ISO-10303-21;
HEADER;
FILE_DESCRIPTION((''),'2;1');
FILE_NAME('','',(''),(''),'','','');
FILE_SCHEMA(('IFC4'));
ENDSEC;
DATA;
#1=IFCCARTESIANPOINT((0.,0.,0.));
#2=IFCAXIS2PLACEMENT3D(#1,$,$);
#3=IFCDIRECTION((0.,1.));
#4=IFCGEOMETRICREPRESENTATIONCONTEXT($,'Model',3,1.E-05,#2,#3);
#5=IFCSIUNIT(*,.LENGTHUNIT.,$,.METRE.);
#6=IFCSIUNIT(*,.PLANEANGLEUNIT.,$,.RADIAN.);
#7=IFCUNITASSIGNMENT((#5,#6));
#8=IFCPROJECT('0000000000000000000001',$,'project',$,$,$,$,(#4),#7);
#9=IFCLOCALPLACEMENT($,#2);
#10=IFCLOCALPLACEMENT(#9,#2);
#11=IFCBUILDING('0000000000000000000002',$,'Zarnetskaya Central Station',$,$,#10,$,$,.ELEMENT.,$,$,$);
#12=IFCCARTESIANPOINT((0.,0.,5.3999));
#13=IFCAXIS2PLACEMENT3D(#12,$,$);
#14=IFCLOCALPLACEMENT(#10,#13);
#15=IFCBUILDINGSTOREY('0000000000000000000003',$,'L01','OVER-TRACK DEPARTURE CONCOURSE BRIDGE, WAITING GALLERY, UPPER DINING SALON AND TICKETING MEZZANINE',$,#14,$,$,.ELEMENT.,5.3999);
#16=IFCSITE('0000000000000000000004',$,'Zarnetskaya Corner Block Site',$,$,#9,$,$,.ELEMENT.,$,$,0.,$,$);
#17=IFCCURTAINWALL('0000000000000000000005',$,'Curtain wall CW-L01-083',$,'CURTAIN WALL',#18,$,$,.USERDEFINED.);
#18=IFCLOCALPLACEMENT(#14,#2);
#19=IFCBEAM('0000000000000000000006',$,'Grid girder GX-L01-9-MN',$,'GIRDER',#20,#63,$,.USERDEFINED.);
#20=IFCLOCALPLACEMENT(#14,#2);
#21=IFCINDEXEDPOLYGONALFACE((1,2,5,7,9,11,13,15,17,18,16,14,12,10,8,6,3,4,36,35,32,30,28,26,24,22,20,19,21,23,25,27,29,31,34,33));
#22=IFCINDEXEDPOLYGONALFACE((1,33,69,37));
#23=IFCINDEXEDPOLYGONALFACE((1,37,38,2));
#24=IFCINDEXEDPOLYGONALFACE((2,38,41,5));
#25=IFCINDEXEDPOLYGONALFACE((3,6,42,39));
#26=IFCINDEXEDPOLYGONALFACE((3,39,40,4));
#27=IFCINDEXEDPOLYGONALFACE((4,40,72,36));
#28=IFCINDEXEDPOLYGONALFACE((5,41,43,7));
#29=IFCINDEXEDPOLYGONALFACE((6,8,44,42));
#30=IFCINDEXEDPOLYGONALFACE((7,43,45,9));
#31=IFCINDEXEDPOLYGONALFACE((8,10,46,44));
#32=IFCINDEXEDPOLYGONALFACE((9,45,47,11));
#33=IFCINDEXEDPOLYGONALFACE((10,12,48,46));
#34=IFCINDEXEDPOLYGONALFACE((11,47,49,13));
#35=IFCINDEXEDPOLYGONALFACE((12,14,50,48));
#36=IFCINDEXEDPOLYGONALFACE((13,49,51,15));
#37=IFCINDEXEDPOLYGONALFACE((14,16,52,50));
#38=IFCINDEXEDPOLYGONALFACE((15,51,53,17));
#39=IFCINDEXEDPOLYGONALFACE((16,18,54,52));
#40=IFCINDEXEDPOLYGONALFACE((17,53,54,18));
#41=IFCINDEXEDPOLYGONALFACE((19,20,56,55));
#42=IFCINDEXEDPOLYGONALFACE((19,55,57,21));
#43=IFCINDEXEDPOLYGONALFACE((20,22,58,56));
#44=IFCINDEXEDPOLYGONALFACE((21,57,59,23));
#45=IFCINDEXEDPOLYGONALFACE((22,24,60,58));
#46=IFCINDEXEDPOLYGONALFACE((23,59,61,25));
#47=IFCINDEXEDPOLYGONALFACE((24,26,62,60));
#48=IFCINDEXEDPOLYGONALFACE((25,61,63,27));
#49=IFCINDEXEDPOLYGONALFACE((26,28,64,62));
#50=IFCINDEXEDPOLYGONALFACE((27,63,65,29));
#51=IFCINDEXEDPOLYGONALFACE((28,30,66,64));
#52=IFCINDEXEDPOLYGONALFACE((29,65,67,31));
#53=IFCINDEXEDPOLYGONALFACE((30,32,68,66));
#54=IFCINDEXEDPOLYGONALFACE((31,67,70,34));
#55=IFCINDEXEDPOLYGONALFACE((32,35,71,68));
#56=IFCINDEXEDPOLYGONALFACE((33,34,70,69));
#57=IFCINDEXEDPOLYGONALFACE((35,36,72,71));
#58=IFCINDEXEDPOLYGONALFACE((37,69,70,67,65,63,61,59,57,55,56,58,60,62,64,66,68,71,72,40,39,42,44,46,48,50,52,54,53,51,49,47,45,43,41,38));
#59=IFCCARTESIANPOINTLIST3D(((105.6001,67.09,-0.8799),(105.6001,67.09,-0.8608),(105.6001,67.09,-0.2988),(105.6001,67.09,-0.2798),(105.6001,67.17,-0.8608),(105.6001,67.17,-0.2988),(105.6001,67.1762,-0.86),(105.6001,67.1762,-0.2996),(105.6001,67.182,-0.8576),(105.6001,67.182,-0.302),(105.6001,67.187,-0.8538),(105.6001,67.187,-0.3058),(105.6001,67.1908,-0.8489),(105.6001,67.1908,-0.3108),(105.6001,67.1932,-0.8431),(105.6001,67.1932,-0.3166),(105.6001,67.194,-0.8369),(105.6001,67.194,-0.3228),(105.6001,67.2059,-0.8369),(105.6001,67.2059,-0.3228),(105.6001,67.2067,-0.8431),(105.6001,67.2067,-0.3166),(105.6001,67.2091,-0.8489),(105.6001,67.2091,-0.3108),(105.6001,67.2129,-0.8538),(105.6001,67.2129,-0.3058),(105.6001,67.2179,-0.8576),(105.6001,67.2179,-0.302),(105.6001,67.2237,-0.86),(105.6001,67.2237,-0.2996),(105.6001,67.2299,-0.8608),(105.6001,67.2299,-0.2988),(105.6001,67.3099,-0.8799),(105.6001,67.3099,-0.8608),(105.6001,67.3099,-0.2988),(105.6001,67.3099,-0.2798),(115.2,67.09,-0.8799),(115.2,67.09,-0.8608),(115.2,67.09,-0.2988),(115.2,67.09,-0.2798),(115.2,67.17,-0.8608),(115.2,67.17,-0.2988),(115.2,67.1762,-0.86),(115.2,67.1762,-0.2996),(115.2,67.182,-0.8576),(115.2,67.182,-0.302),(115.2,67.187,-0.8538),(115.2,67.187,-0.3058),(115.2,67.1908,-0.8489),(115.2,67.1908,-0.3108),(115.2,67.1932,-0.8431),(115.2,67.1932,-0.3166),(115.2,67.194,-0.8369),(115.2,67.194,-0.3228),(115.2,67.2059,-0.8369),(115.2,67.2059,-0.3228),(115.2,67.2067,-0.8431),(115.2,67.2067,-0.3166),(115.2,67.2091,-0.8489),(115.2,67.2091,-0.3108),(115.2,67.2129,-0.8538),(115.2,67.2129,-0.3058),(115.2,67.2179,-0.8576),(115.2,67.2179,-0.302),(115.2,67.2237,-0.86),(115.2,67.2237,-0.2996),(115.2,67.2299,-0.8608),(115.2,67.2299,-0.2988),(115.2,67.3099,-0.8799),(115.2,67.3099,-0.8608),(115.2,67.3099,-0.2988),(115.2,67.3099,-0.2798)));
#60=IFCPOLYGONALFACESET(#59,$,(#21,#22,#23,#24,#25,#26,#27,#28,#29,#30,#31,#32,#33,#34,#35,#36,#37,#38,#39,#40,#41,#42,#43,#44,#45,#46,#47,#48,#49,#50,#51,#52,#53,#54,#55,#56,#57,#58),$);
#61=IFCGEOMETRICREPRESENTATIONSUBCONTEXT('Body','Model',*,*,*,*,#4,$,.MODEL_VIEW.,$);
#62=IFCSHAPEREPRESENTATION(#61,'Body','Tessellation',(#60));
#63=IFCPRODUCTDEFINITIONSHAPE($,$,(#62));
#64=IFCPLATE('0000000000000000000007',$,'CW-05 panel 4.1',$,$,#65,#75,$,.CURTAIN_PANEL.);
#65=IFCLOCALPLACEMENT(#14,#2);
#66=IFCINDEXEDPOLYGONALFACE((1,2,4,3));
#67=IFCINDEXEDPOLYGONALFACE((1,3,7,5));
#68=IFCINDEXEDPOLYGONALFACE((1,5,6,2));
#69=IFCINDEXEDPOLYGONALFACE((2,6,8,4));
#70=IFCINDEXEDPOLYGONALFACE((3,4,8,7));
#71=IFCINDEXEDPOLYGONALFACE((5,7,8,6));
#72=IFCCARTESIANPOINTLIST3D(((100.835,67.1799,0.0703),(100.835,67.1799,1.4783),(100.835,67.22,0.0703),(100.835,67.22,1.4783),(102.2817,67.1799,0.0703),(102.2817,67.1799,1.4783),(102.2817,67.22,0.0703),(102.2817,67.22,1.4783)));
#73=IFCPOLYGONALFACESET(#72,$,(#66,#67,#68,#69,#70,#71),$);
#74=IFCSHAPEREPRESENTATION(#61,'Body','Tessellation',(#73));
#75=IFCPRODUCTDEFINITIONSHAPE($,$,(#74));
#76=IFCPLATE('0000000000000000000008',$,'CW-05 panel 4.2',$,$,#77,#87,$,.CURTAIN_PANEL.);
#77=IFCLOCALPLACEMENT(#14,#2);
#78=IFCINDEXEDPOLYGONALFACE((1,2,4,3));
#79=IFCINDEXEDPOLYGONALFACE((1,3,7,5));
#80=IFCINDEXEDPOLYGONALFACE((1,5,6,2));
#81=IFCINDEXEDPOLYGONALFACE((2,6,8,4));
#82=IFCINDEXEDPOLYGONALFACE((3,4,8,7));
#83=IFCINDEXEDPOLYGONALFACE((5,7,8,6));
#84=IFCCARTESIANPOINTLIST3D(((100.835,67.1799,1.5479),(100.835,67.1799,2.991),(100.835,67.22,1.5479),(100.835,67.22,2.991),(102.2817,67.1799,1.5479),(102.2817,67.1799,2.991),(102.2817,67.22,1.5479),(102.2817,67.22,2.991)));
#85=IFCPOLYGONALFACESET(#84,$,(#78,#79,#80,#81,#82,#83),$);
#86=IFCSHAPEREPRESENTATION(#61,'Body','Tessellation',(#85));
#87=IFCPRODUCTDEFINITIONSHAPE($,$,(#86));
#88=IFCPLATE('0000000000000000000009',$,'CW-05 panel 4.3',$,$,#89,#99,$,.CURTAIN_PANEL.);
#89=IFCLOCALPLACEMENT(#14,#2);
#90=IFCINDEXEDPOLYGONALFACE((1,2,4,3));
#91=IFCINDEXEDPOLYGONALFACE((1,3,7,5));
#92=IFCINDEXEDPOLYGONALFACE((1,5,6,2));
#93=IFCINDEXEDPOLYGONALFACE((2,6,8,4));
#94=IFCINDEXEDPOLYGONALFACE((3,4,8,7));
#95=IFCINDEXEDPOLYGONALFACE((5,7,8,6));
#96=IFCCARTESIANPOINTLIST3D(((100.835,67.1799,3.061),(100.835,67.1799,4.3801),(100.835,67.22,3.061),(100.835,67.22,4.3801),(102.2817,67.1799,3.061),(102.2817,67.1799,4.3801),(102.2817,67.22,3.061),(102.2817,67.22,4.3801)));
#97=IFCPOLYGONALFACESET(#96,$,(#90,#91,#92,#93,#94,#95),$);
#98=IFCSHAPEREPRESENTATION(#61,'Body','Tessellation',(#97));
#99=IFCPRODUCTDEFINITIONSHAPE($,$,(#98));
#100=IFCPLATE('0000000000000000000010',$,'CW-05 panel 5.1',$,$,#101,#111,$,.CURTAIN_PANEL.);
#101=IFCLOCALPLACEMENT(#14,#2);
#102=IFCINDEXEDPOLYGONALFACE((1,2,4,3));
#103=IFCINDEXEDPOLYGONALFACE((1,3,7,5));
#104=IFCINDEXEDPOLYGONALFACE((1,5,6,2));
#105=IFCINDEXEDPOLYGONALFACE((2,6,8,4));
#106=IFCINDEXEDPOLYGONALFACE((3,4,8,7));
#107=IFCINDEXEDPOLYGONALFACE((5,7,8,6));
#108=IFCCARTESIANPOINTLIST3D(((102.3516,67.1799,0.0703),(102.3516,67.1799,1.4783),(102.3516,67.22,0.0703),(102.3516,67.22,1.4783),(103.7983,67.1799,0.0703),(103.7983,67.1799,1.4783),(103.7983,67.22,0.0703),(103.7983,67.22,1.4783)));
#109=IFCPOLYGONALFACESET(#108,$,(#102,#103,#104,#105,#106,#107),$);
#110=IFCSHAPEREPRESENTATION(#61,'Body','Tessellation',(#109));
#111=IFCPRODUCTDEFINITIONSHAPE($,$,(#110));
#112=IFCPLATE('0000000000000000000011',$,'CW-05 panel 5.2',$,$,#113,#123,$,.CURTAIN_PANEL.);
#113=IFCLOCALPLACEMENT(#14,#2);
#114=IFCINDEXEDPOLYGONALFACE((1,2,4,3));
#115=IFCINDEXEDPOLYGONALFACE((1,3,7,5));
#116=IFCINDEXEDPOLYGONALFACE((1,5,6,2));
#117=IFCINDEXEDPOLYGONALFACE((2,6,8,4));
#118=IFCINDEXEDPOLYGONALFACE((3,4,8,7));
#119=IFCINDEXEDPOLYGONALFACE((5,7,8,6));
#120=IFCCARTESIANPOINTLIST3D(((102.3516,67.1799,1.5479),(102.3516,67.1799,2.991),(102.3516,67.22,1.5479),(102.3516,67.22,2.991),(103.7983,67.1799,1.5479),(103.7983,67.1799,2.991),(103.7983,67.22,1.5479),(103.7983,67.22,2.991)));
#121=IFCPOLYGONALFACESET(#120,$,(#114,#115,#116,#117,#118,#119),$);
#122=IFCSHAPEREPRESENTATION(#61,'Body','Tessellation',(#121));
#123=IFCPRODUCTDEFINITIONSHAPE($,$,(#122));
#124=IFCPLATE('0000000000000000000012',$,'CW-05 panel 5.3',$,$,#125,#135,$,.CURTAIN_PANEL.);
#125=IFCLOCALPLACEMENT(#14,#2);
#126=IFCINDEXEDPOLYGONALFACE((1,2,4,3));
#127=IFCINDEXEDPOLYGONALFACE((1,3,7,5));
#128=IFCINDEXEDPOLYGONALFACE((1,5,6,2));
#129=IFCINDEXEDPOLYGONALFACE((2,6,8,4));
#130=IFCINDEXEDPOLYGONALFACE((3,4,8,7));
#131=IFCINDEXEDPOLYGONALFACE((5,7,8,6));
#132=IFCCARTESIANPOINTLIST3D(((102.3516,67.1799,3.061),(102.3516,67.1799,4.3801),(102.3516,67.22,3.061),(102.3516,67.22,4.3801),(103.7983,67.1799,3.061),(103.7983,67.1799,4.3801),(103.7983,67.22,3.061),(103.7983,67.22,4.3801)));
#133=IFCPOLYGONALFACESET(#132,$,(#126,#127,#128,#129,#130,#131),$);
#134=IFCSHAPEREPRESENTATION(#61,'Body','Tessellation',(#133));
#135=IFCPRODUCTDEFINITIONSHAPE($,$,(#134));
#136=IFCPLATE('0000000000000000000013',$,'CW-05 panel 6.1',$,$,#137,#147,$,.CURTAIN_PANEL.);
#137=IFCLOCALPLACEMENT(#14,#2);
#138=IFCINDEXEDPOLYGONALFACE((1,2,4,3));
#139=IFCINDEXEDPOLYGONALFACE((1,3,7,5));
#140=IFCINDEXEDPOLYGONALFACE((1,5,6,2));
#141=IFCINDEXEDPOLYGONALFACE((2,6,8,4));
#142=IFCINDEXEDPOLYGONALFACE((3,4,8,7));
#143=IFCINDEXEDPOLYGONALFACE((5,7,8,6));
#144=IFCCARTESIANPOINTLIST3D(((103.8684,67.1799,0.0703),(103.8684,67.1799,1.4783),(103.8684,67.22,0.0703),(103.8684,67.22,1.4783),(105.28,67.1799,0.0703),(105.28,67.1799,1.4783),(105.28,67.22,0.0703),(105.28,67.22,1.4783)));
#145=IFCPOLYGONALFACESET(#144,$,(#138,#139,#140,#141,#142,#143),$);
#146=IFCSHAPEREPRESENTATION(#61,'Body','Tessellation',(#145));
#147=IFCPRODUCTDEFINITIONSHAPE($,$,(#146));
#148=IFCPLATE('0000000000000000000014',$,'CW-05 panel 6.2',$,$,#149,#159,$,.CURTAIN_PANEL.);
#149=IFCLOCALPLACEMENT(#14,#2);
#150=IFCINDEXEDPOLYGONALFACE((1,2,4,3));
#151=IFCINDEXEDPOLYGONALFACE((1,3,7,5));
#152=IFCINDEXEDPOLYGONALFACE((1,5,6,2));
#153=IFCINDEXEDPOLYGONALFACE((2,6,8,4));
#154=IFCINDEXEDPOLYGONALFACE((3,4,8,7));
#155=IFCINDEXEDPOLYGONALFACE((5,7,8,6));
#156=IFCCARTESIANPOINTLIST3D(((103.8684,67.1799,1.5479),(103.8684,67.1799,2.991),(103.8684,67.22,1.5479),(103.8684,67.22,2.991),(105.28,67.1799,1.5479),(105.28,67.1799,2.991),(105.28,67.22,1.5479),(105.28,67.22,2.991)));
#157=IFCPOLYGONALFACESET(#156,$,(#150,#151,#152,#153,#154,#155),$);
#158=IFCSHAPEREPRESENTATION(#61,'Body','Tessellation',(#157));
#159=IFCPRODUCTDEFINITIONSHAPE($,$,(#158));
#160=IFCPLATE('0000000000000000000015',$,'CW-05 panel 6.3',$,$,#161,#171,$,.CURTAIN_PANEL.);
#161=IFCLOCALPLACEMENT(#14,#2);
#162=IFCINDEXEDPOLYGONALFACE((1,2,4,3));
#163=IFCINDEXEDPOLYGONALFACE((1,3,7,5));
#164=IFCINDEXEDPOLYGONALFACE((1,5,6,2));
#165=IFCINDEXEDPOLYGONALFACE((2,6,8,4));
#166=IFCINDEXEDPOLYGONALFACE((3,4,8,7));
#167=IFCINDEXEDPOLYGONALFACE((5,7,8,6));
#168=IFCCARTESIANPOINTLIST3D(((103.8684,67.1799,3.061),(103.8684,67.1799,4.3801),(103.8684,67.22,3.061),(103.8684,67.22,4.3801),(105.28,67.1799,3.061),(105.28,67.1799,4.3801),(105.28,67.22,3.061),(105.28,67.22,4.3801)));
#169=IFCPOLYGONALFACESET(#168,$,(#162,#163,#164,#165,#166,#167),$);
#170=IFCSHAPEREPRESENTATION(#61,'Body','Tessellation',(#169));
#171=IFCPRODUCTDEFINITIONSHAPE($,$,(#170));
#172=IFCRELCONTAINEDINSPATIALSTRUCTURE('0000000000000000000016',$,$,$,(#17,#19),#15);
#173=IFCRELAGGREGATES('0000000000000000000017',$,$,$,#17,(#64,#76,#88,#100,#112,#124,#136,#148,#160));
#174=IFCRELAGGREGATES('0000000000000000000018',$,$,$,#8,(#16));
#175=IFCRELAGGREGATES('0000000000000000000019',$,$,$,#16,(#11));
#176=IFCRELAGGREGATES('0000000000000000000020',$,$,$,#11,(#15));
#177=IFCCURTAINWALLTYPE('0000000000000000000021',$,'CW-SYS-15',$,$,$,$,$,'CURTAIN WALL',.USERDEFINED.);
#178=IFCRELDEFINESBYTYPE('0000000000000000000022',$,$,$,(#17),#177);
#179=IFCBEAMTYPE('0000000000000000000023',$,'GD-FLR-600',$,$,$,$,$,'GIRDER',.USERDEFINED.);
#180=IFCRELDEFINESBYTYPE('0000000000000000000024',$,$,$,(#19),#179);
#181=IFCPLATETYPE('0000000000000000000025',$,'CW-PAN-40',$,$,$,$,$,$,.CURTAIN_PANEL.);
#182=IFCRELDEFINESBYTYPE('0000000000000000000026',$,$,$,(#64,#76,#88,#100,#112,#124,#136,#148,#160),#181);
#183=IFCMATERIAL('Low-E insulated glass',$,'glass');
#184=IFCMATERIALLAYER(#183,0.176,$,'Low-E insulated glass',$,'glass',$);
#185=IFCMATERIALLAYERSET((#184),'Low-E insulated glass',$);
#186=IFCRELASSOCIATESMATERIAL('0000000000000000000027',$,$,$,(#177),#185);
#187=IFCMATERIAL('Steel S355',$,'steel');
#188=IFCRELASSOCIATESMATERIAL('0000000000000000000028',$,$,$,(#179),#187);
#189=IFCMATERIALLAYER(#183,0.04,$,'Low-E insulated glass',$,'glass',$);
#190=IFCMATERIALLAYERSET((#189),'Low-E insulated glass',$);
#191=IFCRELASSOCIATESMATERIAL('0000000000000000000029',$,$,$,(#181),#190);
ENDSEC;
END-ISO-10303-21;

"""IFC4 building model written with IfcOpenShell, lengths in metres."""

from ifc_helpers import new_model, si_unit, direction, frame, origin, origin_2d, place, context, subcontext, project, spatial, rectangle, i_section, extrude, material, layer, layer_set, material_profile, profile_set, type_object, element, aggregate, save


model = new_model("IFC4")

# Units and contexts
model_context = context("Model", 3, precision=1e-05, world=origin(), true_north=direction((0.0, 1.0)))
body_context = subcontext(model_context, "Body", "Model", "MODEL_VIEW")
ifc_project = project(units=[si_unit("LENGTHUNIT", "METRE"), si_unit("PLANEANGLEUNIT", "RADIAN")], contexts=[model_context])

# Site, building, storey
site_placement = place(None, origin())
site = spatial("IfcSite", under=ifc_project, at=site_placement, Name="Zarnetskaya Corner Block Site", CompositionType="ELEMENT", RefElevation=0.0)
building_placement = place(site_placement, origin())
building = spatial("IfcBuilding", under=site, at=building_placement, Name="Zarnetskaya Central Station", CompositionType="ELEMENT")
storey_placement = place(building_placement, frame((0.0, 0.0, 5.3999)))
storey = spatial("IfcBuildingStorey", under=building, at=storey_placement, Name="L01", Description="OVER-TRACK DEPARTURE CONCOURSE BRIDGE, WAITING GALLERY, UPPER DINING SALON AND TICKETING MEZZANINE", CompositionType="ELEMENT", Elevation=5.3999)

# Shared definitions
ifc_material_1 = material(Name="Steel S355", Category="steel")

# Curtain wall
ifc_material_2 = material(Name="Low-E insulated glass", Category="glass")
ifc_layer_1 = layer(ifc_material_2, 0.176, Name="Low-E insulated glass", Category="glass")
ifc_layer_set_1 = layer_set([ifc_layer_1], Name="Low-E insulated glass")
curtain_wall_type_1 = type_object("IfcCurtainWallType", Name="CW-SYS-15", ElementType="CURTAIN WALL", PredefinedType="USERDEFINED", material=ifc_layer_set_1)
curtain_wall_1_placement = place(storey_placement, origin())
curtain_wall_1 = element("IfcCurtainWall", 1, at=curtain_wall_1_placement, inside=storey, type_object=curtain_wall_type_1, Name="Curtain wall CW-L01-083", ObjectType="CURTAIN WALL", PredefinedType="USERDEFINED")

# Beam
ifc_material_profile_1 = material_profile(ifc_material_1, i_section(OverallWidth=0.22, OverallDepth=0.6001, WebThickness=0.012, FlangeThickness=0.019, FilletRadius=0.0239, at=origin_2d()), Name="IPE 600")
ifc_profile_set_1 = profile_set([ifc_material_profile_1], Name="Steel S355")
beam_type_1 = type_object("IfcBeamType", Name="GD-FLR-600", ElementType="GIRDER", PredefinedType="USERDEFINED", material=ifc_profile_set_1)
for number, where, z_axis, x_axis, name in (
    (2, (105.6001, 67.2, -0.5798), (1.0, 0.0, 0.0), (0.0, 1.0, 0.0), "Grid girder GX-L01-9-MN"),
):
    element("IfcBeam", number, at=place(storey_placement, frame(where, z_axis=z_axis, x_axis=x_axis)), inside=storey, type_object=beam_type_1, Name=name, ObjectType="GIRDER", PredefinedType="USERDEFINED", context=body_context, shape_type="SweptSolid", body=[
        extrude(i_section(OverallWidth=0.22, OverallDepth=0.6001, WebThickness=0.012, FlangeThickness=0.019, FilletRadius=0.0239, at=origin_2d()), origin(), (0.0, 0.0, 1.0), 9.5999),
    ])

# Plates
ifc_layer_2 = layer(ifc_material_2, 0.04, Name="Low-E insulated glass", Category="glass")
ifc_layer_set_2 = layer_set([ifc_layer_2], Name="Low-E insulated glass")
plate_type = type_object("IfcPlateType", Name="CW-PAN-40", PredefinedType="CURTAIN_PANEL", material=ifc_layer_set_2)
plate_1_placement = place(storey_placement, frame((101.5583, 67.2, 0.0703), z_axis=(0.0, 0.0, 1.0), x_axis=(1.0, 0.0, 0.0)))
plate_1 = element("IfcPlate", 3, at=plate_1_placement, type_object=plate_type, Name="CW-05 panel 4.1", PredefinedType="CURTAIN_PANEL", context=body_context, shape_type="SweptSolid", body=[
    extrude(rectangle(XDim=1.4468, YDim=0.04, at=origin_2d()), origin(), (0.0, 0.0, 1.0), 1.408),
])
plate_2_placement = place(storey_placement, frame((101.5583, 67.2, 1.5479), z_axis=(0.0, 0.0, 1.0), x_axis=(1.0, 0.0, 0.0)))
plate_2 = element("IfcPlate", 4, at=plate_2_placement, type_object=plate_type, Name="CW-05 panel 4.2", PredefinedType="CURTAIN_PANEL", context=body_context, shape_type="SweptSolid", body=[
    extrude(rectangle(XDim=1.4468, YDim=0.04, at=origin_2d()), origin(), (0.0, 0.0, 1.0), 1.4431),
])
plate_3_placement = place(storey_placement, frame((101.5583, 67.2, 3.061), z_axis=(0.0, 0.0, 1.0), x_axis=(1.0, 0.0, 0.0)))
plate_3 = element("IfcPlate", 5, at=plate_3_placement, type_object=plate_type, Name="CW-05 panel 4.3", PredefinedType="CURTAIN_PANEL", context=body_context, shape_type="SweptSolid", body=[
    extrude(rectangle(XDim=1.4468, YDim=0.04, at=origin_2d()), origin(), (0.0, 0.0, 1.0), 1.3191),
])
plate_4_placement = place(storey_placement, frame((103.075, 67.2, 0.0703), z_axis=(0.0, 0.0, 1.0), x_axis=(1.0, 0.0, 0.0)))
plate_4 = element("IfcPlate", 6, at=plate_4_placement, type_object=plate_type, Name="CW-05 panel 5.1", PredefinedType="CURTAIN_PANEL", context=body_context, shape_type="SweptSolid", body=[
    extrude(rectangle(XDim=1.4468, YDim=0.04, at=origin_2d()), origin(), (0.0, 0.0, 1.0), 1.408),
])
plate_5_placement = place(storey_placement, frame((103.075, 67.2, 1.5479), z_axis=(0.0, 0.0, 1.0), x_axis=(1.0, 0.0, 0.0)))
plate_5 = element("IfcPlate", 7, at=plate_5_placement, type_object=plate_type, Name="CW-05 panel 5.2", PredefinedType="CURTAIN_PANEL", context=body_context, shape_type="SweptSolid", body=[
    extrude(rectangle(XDim=1.4468, YDim=0.04, at=origin_2d()), origin(), (0.0, 0.0, 1.0), 1.4431),
])
plate_6_placement = place(storey_placement, frame((103.075, 67.2, 3.061), z_axis=(0.0, 0.0, 1.0), x_axis=(1.0, 0.0, 0.0)))
plate_6 = element("IfcPlate", 8, at=plate_6_placement, type_object=plate_type, Name="CW-05 panel 5.3", PredefinedType="CURTAIN_PANEL", context=body_context, shape_type="SweptSolid", body=[
    extrude(rectangle(XDim=1.4468, YDim=0.04, at=origin_2d()), origin(), (0.0, 0.0, 1.0), 1.3191),
])
plate_7_placement = place(storey_placement, frame((104.5742, 67.2, 0.0703), z_axis=(0.0, 0.0, 1.0), x_axis=(1.0, 0.0, 0.0)))
plate_7 = element("IfcPlate", 9, at=plate_7_placement, type_object=plate_type, Name="CW-05 panel 6.1", PredefinedType="CURTAIN_PANEL", context=body_context, shape_type="SweptSolid", body=[
    extrude(rectangle(XDim=1.4116, YDim=0.04, at=origin_2d()), origin(), (0.0, 0.0, 1.0), 1.408),
])
plate_8_placement = place(storey_placement, frame((104.5742, 67.2, 1.5479), z_axis=(0.0, 0.0, 1.0), x_axis=(1.0, 0.0, 0.0)))
plate_8 = element("IfcPlate", 10, at=plate_8_placement, type_object=plate_type, Name="CW-05 panel 6.2", PredefinedType="CURTAIN_PANEL", context=body_context, shape_type="SweptSolid", body=[
    extrude(rectangle(XDim=1.4116, YDim=0.04, at=origin_2d()), origin(), (0.0, 0.0, 1.0), 1.4431),
])
plate_9_placement = place(storey_placement, frame((104.5742, 67.2, 3.061), z_axis=(0.0, 0.0, 1.0), x_axis=(1.0, 0.0, 0.0)))
plate_9 = element("IfcPlate", 11, at=plate_9_placement, type_object=plate_type, Name="CW-05 panel 6.3", PredefinedType="CURTAIN_PANEL", context=body_context, shape_type="SweptSolid", body=[
    extrude(rectangle(XDim=1.4116, YDim=0.04, at=origin_2d()), origin(), (0.0, 0.0, 1.0), 1.3191),
])
aggregate(curtain_wall_1, [plate_1, plate_2, plate_3, plate_4, plate_5, plate_6, plate_7, plate_8, plate_9])

save(model, "model.ifc")
